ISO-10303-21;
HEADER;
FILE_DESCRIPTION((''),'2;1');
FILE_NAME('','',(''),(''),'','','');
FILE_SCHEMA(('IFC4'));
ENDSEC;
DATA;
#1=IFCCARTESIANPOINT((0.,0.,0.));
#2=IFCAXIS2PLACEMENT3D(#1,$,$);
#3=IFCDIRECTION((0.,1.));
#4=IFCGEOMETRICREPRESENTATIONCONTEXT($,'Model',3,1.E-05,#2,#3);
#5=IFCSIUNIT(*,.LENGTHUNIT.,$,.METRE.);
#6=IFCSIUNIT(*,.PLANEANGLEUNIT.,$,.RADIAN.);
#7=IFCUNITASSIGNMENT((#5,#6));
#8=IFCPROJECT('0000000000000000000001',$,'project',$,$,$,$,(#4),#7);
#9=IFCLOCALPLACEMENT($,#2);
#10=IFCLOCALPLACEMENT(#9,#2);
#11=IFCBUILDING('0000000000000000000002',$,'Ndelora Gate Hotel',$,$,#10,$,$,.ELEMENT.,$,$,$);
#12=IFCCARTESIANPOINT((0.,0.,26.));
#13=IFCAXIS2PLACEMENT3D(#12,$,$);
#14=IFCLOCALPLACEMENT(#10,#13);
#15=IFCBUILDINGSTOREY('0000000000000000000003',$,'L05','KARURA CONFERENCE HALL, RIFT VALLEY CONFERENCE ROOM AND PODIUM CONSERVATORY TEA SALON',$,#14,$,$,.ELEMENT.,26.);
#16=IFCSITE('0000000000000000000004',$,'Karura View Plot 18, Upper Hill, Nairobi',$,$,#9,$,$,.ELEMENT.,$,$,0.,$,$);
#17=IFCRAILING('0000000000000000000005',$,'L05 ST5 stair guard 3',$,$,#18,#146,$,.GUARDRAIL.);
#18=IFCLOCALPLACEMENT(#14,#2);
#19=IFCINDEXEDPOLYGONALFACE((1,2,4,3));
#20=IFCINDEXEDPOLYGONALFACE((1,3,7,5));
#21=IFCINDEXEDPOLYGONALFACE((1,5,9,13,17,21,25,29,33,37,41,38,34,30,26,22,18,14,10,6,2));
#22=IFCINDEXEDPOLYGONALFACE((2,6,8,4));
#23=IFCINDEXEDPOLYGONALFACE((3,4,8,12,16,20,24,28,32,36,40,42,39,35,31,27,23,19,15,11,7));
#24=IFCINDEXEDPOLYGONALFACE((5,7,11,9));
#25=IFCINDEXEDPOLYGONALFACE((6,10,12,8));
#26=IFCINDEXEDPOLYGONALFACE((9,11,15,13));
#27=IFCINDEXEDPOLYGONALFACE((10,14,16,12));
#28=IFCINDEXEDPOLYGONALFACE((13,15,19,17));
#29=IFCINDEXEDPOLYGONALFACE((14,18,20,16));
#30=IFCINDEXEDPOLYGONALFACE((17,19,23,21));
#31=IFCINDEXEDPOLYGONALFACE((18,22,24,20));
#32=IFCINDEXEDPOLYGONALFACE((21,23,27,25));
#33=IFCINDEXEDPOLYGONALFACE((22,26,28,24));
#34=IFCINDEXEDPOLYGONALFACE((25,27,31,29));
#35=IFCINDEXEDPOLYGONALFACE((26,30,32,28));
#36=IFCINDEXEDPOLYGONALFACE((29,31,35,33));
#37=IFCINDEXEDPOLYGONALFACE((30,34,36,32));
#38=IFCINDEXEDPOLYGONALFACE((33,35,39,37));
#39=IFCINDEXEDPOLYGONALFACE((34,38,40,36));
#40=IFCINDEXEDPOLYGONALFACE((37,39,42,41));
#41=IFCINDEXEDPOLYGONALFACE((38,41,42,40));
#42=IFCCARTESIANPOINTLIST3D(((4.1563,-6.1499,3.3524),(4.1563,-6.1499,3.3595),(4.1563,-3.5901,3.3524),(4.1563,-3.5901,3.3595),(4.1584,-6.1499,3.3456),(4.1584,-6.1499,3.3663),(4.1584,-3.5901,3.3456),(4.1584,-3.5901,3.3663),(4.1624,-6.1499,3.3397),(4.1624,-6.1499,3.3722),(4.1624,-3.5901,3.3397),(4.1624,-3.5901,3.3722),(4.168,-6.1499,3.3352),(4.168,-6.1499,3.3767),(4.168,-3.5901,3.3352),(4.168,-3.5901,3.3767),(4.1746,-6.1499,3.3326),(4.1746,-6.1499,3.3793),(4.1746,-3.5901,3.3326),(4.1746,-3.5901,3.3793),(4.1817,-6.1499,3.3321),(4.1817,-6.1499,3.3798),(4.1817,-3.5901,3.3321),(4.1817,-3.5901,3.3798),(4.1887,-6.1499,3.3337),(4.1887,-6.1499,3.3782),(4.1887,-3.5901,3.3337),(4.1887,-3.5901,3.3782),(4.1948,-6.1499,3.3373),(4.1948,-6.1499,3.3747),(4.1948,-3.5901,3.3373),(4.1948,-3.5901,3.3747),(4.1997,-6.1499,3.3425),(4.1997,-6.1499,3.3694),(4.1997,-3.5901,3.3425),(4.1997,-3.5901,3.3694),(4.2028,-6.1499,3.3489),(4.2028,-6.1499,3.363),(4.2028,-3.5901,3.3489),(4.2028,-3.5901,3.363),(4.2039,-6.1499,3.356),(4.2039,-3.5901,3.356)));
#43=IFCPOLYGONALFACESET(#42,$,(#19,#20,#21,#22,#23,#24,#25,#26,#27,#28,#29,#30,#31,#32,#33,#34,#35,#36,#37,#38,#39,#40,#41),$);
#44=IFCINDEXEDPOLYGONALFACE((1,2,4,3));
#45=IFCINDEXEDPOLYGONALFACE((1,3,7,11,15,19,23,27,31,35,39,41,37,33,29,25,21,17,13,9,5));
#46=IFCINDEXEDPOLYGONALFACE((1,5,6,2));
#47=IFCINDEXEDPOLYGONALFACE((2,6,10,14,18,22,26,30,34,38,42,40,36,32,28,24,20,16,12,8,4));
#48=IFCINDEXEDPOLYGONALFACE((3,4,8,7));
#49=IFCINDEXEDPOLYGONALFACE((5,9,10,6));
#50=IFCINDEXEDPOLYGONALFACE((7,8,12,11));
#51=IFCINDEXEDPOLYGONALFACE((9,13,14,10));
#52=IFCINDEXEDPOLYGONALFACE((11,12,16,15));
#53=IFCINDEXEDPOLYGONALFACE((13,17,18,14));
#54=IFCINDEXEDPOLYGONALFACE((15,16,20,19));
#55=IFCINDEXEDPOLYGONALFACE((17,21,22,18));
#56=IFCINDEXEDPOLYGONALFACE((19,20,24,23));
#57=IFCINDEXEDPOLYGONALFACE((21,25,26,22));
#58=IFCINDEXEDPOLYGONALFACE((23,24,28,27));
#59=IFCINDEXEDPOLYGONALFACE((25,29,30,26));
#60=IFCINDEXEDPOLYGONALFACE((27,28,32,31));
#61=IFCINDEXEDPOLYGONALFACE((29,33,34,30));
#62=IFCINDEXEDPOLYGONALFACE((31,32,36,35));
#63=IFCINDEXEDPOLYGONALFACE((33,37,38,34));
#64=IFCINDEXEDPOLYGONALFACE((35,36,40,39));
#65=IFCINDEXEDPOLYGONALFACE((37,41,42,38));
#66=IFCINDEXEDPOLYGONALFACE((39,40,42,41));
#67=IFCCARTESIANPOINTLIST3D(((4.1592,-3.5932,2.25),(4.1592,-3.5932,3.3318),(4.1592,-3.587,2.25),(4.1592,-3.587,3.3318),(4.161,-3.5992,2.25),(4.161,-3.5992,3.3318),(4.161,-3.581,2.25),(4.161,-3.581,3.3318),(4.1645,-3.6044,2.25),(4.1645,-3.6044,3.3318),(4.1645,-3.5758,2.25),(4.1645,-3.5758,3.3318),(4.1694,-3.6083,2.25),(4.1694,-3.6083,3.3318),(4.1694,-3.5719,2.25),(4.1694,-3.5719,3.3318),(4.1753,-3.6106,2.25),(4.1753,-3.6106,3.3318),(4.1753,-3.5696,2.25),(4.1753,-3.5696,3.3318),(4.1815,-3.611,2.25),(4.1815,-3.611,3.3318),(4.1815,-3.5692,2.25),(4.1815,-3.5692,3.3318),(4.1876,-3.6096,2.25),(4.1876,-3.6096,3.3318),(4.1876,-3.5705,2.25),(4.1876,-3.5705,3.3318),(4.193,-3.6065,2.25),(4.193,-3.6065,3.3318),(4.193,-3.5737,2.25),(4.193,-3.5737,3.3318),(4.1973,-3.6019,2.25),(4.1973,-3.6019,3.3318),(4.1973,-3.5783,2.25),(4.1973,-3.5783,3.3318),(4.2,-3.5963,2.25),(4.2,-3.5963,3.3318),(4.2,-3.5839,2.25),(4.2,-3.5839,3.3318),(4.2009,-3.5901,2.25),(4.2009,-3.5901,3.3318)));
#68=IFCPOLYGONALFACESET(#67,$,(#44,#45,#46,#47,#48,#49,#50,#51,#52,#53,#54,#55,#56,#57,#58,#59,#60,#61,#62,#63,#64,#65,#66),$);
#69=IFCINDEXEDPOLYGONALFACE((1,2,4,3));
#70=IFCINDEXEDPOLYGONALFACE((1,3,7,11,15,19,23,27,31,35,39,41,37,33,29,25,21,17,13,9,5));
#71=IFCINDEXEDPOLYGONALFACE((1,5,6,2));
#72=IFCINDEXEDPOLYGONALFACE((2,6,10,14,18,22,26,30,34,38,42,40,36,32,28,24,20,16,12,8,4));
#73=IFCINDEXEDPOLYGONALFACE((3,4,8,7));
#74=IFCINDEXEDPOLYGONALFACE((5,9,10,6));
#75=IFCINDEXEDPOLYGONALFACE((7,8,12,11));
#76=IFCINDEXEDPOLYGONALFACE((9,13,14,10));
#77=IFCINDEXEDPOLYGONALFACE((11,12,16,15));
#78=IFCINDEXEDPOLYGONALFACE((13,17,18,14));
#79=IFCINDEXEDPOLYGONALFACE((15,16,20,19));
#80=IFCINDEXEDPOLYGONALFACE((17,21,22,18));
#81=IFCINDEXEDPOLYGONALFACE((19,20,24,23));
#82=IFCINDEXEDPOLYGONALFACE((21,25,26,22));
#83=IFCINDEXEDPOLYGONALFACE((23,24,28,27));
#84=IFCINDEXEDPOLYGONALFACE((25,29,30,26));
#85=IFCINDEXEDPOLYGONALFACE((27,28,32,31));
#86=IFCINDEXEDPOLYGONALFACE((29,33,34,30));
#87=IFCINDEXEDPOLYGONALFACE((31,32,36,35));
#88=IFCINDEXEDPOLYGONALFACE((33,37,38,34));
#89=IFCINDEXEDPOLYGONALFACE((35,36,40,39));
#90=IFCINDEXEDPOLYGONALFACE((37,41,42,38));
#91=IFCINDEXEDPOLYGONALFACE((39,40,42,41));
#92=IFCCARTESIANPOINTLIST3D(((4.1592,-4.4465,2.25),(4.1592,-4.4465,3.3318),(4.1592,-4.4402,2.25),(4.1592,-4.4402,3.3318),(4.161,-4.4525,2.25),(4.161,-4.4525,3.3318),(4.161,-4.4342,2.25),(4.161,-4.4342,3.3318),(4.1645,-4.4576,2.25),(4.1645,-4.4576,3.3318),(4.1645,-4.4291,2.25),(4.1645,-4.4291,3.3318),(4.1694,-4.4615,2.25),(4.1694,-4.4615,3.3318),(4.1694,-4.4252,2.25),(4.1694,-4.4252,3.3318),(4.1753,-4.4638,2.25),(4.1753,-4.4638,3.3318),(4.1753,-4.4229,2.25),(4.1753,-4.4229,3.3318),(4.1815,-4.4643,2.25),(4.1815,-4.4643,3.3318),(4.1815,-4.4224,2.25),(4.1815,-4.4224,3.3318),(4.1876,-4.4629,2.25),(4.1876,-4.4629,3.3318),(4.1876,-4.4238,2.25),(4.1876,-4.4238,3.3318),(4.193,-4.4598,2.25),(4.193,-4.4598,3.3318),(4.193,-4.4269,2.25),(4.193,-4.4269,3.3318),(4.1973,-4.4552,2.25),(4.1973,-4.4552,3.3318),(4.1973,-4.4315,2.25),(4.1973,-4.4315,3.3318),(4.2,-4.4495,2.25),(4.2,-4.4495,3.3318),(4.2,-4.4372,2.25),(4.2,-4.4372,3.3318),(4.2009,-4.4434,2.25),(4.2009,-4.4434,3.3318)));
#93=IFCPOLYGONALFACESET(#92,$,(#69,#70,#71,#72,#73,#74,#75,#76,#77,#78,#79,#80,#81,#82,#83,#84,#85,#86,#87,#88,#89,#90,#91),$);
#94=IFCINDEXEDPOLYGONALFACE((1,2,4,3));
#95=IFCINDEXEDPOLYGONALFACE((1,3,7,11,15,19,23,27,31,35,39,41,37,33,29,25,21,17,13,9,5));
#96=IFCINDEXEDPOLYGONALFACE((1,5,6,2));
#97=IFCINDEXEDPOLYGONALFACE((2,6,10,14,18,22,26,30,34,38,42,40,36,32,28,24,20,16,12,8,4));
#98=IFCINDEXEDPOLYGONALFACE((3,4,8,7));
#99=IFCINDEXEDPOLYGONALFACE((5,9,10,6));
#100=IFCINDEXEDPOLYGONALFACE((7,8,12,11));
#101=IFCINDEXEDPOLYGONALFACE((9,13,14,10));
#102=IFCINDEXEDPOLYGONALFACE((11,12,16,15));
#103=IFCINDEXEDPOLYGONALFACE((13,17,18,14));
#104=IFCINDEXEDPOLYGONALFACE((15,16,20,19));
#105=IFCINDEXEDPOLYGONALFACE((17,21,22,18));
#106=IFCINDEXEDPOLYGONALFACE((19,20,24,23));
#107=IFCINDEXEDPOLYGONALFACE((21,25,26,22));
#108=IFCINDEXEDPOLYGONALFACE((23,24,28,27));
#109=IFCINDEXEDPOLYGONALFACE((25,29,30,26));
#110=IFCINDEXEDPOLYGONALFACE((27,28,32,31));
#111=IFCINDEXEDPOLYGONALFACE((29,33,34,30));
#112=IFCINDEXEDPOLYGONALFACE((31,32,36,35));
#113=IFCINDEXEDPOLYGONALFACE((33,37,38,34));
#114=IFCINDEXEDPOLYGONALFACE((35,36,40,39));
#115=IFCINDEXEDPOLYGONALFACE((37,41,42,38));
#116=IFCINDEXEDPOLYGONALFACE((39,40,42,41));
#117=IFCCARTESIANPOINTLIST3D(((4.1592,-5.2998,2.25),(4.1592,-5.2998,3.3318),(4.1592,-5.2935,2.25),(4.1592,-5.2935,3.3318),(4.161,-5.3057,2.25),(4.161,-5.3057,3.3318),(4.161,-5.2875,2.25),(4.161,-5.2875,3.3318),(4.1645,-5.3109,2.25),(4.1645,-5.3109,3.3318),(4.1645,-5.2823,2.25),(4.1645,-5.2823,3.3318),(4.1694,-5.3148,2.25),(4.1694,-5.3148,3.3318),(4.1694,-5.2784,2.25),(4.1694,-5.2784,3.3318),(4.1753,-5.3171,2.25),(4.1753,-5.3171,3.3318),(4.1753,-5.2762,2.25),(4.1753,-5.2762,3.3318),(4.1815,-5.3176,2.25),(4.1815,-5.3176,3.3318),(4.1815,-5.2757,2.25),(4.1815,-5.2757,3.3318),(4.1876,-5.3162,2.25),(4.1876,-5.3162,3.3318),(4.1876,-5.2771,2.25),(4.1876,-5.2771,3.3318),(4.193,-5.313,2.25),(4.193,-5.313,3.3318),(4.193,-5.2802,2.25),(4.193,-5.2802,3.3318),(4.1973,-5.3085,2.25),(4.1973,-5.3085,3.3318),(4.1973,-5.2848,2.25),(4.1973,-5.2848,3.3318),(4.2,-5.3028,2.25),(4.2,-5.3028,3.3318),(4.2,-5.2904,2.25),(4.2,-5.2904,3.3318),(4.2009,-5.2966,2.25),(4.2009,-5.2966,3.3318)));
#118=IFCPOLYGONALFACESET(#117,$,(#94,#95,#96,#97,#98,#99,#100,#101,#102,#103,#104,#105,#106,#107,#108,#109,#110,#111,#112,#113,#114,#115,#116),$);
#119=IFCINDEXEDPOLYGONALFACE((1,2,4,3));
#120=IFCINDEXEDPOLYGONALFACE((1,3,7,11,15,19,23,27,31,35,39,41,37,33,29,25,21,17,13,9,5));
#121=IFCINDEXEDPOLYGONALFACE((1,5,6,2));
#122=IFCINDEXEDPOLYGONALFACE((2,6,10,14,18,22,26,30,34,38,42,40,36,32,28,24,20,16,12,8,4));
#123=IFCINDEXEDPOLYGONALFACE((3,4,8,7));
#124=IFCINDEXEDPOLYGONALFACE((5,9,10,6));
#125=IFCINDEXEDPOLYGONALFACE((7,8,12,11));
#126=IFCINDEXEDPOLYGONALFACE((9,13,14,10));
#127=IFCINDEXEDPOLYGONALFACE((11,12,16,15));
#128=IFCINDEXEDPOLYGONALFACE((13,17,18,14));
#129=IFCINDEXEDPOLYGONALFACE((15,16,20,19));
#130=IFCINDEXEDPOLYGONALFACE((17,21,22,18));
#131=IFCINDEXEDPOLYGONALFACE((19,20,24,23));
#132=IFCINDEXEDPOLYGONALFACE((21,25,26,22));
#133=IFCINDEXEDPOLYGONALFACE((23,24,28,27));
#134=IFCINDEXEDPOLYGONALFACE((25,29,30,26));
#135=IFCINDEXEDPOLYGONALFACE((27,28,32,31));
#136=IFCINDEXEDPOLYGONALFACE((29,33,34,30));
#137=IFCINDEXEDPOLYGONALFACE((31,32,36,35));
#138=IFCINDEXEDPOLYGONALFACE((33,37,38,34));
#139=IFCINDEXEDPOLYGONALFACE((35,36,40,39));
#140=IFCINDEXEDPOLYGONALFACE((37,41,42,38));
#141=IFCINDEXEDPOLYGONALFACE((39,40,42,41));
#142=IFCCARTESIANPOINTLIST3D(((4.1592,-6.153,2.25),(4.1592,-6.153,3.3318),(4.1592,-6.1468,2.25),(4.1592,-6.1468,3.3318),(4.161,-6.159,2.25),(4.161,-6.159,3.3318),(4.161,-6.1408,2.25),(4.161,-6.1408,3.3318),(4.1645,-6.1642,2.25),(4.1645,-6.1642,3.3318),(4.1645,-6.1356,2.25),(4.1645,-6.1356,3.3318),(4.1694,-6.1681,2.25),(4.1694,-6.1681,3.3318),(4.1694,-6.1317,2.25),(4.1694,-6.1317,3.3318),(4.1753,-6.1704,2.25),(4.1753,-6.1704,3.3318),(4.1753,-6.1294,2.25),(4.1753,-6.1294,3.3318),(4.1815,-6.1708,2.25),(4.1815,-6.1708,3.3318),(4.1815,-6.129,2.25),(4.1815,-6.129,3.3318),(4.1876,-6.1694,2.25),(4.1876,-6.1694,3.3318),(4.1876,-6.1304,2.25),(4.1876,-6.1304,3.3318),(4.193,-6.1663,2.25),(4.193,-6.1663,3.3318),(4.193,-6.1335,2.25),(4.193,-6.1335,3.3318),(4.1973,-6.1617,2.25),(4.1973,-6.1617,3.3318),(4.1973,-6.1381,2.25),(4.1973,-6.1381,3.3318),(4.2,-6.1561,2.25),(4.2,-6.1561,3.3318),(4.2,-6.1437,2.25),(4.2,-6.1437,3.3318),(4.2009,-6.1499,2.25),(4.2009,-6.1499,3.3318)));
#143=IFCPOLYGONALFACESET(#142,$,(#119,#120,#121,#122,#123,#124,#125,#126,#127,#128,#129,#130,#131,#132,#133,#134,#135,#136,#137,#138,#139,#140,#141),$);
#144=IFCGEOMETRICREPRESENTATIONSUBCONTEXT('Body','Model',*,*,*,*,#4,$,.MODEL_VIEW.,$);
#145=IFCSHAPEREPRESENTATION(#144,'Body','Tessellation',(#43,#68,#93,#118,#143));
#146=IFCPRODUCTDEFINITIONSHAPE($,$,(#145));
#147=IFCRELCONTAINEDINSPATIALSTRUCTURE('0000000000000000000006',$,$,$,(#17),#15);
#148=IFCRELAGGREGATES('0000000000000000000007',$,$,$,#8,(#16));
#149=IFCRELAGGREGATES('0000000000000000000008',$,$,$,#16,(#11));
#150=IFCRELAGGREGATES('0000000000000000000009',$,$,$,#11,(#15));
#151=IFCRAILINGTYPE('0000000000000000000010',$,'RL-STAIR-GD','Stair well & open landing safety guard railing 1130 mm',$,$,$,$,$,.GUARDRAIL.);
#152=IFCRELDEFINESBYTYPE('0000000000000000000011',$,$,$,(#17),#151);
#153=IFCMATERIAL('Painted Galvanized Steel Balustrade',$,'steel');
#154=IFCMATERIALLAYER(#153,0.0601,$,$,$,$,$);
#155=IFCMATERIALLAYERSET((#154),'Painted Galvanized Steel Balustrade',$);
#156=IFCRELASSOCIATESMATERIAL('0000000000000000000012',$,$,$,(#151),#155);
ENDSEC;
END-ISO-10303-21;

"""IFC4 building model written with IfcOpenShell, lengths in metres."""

from ifc_helpers import new_model, si_unit, direction, frame, origin, origin_2d, place, context, subcontext, project, spatial, circle, extrude, material, layer, layer_set, type_object, element, save


model = new_model("IFC4")

# Units and contexts
model_context = context("Model", 3, precision=1e-05, world=origin(), true_north=direction((0.0, 1.0)))
body_context = subcontext(model_context, "Body", "Model", "MODEL_VIEW")
ifc_project = project(units=[si_unit("LENGTHUNIT", "METRE"), si_unit("PLANEANGLEUNIT", "RADIAN")], contexts=[model_context])

# Site, building, storey
site_placement = place(None, origin())
site = spatial("IfcSite", under=ifc_project, at=site_placement, Name="Karura View Plot 18, Upper Hill, Nairobi", CompositionType="ELEMENT", RefElevation=0.0)
building_placement = place(site_placement, origin())
building = spatial("IfcBuilding", under=site, at=building_placement, Name="Ndelora Gate Hotel", CompositionType="ELEMENT")
storey_placement = place(building_placement, frame((0.0, 0.0, 26.0)))
storey = spatial("IfcBuildingStorey", under=building, at=storey_placement, Name="L05", Description="KARURA CONFERENCE HALL, RIFT VALLEY CONFERENCE ROOM AND PODIUM CONSERVATORY TEA SALON", CompositionType="ELEMENT", Elevation=26.0)

# Railing
ifc_material_1 = material(Name="Painted Galvanized Steel Balustrade", Category="steel")
ifc_layer_1 = layer(ifc_material_1, 0.0601)
ifc_layer_set_1 = layer_set([ifc_layer_1], Name="Painted Galvanized Steel Balustrade")
railing_type_1 = type_object("IfcRailingType", Name="RL-STAIR-GD", Description="Stair well & open landing safety guard railing 1130 mm", PredefinedType="GUARDRAIL", material=ifc_layer_set_1)
for number, where, name in (
    (1, (4.1799, -3.5901, 2.25), "L05 ST5 stair guard 3"),
):
    element("IfcRailing", number, at=place(storey_placement, frame(where)), inside=storey, type_object=railing_type_1, Name=name, PredefinedType="GUARDRAIL", context=body_context, shape_type="SweptSolid", body=[
        extrude(circle(Radius=0.0239, at=origin_2d()), frame((0.0, 0.0, 1.106), z_axis=(0.0, -1.0, 0.0), x_axis=(1.0, 0.0, 0.0)), (0.0, 0.0, 1.0), 2.5598),
        extrude(circle(Radius=0.021, at=origin_2d()), origin(), (0.0, 0.0, 1.0), 1.0818),
        extrude(circle(Radius=0.021, at=origin_2d()), frame((0.0, -0.8533, 0.0)), (0.0, 0.0, 1.0), 1.0818),
        extrude(circle(Radius=0.021, at=origin_2d()), frame((0.0, -1.7065, 0.0)), (0.0, 0.0, 1.0), 1.0818),
        extrude(circle(Radius=0.021, at=origin_2d()), frame((0.0, -2.5598, 0.0)), (0.0, 0.0, 1.0), 1.0818),
    ])

save(model, "model.ifc")
